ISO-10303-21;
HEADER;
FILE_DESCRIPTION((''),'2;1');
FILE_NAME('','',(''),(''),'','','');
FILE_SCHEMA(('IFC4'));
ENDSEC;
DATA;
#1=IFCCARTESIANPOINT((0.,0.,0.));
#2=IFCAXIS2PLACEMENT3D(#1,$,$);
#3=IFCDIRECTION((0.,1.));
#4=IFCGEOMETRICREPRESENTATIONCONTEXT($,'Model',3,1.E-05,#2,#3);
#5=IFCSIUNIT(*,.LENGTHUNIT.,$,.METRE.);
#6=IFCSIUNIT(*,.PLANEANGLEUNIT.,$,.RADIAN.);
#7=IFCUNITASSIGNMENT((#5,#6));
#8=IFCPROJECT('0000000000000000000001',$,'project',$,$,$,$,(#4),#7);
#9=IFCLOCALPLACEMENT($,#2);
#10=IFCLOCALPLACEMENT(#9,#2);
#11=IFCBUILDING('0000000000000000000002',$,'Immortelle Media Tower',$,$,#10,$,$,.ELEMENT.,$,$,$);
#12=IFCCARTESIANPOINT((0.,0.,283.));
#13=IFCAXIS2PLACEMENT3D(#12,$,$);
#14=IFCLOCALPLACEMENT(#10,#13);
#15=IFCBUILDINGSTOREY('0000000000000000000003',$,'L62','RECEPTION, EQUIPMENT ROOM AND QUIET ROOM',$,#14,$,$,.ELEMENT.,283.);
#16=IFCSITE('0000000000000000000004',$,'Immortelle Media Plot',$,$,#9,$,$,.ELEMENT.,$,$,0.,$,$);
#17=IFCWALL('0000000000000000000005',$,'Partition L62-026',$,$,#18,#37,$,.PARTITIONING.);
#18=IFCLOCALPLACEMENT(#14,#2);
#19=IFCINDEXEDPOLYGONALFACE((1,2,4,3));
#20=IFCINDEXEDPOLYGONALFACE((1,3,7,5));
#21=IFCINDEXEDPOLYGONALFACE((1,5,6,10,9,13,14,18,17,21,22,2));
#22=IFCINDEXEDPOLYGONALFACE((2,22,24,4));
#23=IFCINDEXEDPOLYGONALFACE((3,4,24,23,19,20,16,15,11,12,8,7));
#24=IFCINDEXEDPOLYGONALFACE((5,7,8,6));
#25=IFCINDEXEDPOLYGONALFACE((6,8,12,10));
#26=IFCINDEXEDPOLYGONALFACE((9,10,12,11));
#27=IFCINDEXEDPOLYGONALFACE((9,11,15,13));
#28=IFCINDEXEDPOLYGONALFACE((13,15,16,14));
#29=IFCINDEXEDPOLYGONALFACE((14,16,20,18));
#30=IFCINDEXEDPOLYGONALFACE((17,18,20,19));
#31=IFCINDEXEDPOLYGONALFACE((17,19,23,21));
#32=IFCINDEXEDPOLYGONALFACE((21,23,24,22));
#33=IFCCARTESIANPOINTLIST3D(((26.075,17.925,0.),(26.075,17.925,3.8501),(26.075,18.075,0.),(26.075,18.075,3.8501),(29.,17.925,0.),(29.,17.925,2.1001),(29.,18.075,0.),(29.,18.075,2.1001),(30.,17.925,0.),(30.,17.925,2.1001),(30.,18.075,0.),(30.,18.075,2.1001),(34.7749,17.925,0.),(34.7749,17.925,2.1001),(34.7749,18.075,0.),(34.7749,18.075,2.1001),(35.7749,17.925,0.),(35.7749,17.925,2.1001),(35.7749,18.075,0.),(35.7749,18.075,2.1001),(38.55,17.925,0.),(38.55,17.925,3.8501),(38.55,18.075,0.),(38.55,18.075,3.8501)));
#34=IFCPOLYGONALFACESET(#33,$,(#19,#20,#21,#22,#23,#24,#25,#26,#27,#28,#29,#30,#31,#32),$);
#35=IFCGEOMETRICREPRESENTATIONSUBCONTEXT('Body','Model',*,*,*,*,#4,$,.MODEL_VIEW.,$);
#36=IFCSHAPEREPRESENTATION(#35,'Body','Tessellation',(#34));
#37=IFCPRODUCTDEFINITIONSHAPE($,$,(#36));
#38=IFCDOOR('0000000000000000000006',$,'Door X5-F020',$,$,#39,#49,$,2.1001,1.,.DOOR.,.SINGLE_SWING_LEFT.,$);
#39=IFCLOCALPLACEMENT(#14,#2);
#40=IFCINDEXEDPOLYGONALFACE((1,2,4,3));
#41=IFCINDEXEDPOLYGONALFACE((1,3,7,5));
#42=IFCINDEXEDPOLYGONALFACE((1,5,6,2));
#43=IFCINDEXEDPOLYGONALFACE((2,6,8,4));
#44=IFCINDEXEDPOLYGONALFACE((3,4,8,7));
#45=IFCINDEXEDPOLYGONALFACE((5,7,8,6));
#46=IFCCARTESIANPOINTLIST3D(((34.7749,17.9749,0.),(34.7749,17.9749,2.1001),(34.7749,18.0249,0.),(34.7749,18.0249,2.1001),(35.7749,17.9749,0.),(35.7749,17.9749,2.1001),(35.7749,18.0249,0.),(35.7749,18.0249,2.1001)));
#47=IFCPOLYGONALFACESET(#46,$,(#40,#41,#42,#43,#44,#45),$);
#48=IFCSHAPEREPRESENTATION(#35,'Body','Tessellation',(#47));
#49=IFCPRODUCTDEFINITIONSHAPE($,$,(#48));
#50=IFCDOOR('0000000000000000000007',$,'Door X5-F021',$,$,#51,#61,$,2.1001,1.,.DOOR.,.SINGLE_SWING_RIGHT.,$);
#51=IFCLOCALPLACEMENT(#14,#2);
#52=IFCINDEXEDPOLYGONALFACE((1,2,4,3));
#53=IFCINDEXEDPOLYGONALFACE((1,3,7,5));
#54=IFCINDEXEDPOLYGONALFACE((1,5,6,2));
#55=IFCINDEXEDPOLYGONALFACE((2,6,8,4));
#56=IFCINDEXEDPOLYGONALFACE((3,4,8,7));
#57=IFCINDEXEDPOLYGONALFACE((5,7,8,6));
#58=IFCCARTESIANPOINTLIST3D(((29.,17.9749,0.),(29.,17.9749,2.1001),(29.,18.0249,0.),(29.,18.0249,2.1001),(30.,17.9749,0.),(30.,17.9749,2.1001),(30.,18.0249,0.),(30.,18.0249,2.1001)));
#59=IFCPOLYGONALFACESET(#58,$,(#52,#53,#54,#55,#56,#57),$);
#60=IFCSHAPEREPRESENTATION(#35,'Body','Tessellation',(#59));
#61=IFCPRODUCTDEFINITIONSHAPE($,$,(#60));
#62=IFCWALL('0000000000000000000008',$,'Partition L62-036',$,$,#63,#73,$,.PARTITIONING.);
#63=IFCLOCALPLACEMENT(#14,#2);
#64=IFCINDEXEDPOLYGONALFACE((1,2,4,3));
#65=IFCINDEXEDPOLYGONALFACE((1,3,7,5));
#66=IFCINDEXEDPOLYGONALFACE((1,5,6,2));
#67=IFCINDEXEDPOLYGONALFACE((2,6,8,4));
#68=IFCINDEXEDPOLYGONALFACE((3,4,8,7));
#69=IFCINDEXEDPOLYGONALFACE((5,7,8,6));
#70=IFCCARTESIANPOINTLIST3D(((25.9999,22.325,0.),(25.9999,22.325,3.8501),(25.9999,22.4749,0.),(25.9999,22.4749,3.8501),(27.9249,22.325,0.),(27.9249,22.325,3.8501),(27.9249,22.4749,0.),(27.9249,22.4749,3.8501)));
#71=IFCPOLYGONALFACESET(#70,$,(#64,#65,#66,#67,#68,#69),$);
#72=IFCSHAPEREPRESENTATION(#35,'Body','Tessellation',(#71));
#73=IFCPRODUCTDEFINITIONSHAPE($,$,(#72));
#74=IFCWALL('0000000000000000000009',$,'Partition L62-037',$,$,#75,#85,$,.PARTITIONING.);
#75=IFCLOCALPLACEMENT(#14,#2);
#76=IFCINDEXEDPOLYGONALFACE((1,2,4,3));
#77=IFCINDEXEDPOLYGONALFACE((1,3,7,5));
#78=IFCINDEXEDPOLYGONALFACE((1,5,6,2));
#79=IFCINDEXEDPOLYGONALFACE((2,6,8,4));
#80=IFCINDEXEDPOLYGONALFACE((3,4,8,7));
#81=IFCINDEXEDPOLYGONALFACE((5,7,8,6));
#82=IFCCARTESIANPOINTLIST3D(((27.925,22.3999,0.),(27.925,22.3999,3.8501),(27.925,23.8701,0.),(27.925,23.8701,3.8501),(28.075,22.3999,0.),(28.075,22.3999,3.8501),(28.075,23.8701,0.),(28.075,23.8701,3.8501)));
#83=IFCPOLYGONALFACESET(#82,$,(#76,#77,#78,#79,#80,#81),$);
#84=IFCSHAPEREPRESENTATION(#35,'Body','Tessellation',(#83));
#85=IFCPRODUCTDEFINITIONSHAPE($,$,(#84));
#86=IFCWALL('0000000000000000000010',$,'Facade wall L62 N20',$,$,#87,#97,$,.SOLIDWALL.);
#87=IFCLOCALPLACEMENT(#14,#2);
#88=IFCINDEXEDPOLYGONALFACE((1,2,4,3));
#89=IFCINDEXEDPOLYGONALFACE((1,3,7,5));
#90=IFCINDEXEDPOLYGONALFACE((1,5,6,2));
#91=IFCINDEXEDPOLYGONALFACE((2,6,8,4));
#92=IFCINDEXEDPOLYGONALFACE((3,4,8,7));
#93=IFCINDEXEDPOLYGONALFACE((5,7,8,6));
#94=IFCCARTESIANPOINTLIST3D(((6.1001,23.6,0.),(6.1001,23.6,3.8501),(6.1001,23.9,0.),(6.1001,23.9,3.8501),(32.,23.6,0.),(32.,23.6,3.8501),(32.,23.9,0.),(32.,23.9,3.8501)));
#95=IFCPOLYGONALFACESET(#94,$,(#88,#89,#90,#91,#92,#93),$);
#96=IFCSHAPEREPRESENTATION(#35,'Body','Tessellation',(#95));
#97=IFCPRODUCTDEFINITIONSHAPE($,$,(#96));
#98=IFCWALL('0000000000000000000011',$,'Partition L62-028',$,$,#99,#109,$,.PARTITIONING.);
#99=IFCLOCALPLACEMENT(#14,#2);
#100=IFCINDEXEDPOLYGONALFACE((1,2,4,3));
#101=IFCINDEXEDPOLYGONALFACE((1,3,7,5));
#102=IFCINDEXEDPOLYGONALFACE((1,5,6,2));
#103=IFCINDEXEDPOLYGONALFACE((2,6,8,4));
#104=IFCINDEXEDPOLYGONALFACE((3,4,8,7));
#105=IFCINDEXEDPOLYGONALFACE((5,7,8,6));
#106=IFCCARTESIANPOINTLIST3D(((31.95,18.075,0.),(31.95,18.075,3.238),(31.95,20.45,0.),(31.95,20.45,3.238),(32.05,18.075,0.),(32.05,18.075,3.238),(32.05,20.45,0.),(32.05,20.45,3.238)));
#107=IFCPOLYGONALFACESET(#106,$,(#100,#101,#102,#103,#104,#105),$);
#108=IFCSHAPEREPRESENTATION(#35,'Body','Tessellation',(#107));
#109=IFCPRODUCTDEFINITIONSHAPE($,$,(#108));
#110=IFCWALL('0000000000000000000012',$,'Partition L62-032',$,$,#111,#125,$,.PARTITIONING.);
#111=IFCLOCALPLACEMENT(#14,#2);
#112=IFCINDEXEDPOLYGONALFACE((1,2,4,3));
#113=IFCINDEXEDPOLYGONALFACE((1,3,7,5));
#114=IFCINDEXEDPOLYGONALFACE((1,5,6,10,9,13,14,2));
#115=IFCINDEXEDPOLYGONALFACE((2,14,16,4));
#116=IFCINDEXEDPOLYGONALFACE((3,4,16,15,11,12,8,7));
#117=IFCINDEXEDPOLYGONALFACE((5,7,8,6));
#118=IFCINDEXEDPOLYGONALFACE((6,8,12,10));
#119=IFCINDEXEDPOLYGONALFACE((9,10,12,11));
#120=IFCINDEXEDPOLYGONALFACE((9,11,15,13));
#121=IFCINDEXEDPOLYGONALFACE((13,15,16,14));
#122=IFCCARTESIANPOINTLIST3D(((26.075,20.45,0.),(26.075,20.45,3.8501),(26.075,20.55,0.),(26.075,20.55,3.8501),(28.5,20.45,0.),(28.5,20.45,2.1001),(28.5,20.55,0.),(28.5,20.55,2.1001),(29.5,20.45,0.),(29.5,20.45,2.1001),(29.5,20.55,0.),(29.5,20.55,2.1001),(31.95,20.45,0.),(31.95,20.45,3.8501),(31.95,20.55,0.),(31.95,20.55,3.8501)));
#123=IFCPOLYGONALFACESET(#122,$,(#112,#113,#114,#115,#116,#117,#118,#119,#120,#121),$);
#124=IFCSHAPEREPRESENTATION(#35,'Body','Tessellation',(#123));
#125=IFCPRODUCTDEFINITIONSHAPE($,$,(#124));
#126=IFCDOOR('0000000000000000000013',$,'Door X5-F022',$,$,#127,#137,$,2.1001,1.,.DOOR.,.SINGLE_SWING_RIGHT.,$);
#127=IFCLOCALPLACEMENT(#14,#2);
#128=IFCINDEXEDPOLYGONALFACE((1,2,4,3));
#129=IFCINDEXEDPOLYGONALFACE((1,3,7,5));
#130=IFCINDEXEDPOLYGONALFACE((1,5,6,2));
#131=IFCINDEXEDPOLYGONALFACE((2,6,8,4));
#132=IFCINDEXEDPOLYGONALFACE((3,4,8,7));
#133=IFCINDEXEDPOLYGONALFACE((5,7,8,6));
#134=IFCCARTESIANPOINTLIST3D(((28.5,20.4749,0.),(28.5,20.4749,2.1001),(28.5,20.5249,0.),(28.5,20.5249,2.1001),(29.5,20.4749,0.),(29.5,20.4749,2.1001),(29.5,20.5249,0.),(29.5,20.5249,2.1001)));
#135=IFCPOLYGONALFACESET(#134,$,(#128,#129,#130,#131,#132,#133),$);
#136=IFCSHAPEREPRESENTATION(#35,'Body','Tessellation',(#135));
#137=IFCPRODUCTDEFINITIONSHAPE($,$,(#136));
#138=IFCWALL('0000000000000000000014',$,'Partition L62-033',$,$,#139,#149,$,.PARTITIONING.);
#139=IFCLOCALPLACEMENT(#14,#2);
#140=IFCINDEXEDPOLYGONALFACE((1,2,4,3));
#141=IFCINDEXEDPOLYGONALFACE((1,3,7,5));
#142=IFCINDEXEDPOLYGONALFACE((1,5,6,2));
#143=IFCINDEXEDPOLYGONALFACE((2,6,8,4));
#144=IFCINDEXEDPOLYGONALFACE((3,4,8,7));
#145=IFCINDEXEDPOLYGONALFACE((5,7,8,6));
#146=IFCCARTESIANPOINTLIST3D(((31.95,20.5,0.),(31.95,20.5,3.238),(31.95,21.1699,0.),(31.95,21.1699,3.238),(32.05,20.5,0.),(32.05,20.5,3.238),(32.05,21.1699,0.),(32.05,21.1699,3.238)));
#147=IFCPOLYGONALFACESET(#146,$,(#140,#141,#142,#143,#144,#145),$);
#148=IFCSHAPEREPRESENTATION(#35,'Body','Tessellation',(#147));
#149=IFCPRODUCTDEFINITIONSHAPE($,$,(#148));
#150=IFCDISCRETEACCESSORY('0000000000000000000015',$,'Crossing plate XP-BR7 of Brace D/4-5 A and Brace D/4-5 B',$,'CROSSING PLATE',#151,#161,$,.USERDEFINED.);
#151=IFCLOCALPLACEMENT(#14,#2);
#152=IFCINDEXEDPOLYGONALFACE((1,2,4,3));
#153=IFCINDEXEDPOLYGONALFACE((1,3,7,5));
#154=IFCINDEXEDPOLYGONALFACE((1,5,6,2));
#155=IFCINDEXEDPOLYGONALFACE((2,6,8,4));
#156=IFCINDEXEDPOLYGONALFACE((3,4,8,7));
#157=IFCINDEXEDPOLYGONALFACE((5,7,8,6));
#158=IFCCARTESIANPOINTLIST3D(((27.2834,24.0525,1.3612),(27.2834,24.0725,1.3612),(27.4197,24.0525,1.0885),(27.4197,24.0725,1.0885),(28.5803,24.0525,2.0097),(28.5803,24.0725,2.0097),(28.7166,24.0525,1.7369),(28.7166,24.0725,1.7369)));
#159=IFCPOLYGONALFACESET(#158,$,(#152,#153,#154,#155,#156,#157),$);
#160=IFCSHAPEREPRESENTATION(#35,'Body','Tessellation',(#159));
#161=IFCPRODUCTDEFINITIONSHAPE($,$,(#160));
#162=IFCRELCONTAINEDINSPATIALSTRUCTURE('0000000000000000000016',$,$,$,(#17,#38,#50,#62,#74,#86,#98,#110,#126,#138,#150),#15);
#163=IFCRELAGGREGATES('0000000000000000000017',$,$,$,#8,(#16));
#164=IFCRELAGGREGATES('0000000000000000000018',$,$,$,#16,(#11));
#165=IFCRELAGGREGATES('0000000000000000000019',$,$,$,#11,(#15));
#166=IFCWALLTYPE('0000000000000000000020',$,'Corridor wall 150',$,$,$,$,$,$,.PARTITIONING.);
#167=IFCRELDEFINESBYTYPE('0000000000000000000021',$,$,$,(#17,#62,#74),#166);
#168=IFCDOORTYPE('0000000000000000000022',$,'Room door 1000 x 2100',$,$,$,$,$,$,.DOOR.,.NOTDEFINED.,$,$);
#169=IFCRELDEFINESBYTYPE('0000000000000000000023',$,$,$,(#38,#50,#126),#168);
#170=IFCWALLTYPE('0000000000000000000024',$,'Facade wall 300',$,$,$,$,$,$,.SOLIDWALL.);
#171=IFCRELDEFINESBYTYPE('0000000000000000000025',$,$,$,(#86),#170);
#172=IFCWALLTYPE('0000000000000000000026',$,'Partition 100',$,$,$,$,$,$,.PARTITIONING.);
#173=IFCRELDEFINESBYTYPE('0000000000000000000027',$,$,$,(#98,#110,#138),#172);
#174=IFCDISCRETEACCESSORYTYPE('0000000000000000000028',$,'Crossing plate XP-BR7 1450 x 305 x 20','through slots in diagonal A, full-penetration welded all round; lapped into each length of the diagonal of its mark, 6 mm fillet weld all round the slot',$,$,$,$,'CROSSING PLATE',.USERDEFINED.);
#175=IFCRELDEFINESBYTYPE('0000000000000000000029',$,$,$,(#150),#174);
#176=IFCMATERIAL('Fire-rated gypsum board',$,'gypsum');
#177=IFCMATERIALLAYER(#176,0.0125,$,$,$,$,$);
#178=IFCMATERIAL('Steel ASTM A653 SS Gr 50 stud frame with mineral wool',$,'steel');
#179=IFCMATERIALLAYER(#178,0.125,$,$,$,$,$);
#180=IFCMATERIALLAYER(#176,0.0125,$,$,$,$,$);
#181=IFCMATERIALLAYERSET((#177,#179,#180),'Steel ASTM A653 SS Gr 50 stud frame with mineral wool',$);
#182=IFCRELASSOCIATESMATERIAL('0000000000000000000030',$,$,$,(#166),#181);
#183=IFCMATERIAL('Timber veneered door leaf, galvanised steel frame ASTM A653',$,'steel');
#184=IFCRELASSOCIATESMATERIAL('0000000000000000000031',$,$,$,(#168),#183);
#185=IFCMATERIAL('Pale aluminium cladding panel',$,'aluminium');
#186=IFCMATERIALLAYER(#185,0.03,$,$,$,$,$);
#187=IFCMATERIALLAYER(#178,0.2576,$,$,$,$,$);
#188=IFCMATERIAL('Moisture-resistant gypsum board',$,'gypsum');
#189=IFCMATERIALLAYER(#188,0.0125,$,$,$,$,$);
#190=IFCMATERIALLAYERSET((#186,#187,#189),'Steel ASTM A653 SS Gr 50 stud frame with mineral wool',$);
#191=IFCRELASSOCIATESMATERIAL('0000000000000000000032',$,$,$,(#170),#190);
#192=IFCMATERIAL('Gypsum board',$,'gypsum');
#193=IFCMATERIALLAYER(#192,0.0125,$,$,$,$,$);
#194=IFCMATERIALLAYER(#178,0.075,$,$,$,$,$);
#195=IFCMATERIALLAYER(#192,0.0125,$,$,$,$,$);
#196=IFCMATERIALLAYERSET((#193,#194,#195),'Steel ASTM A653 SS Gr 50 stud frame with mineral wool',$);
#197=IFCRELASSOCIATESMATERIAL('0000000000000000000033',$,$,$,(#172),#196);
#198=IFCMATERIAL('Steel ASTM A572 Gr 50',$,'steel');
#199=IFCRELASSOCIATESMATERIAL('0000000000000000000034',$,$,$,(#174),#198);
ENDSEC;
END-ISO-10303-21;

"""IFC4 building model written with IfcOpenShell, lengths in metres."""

from ifc_helpers import new_model, si_unit, direction, frame, frame_2d, origin, origin_2d, place, context, subcontext, project, spatial, rectangle, extrude, material, layer, layer_set, material_profile, profile_set, type_object, element, fill, save


model = new_model("IFC4")

# Units and contexts
model_context = context("Model", 3, precision=1e-05, world=origin(), true_north=direction((0.0, 1.0)))
body_context = subcontext(model_context, "Body", "Model", "MODEL_VIEW")
ifc_project = project(units=[si_unit("LENGTHUNIT", "METRE"), si_unit("PLANEANGLEUNIT", "RADIAN")], contexts=[model_context])

# Site, building, storey
site_placement = place(None, origin())
site = spatial("IfcSite", under=ifc_project, at=site_placement, Name="Immortelle Media Plot", CompositionType="ELEMENT", RefElevation=0.0)
building_placement = place(site_placement, origin())
building = spatial("IfcBuilding", under=site, at=building_placement, Name="Immortelle Media Tower", CompositionType="ELEMENT")
storey_placement = place(building_placement, frame((0.0, 0.0, 283.0)))
storey = spatial("IfcBuildingStorey", under=building, at=storey_placement, Name="L62", Description="RECEPTION, EQUIPMENT ROOM AND QUIET ROOM", CompositionType="ELEMENT", Elevation=283.0)

# Shared definitions
ifc_material_1 = material(Name="Fire-rated gypsum board", Category="gypsum")
ifc_material_2 = material(Name="Steel ASTM A653 SS Gr 50 stud frame with mineral wool", Category="steel")

# Wall, openings, doors
ifc_layer_1 = layer(ifc_material_1, 0.0125)
ifc_layer_2 = layer(ifc_material_2, 0.125)
ifc_layer_3 = layer(ifc_material_1, 0.0125)
ifc_layer_set_1 = layer_set([ifc_layer_1, ifc_layer_2, ifc_layer_3], Name="Steel ASTM A653 SS Gr 50 stud frame with mineral wool")
wall_type_1 = type_object("IfcWallType", Name="Corridor wall 150", PredefinedType="PARTITIONING", material=ifc_layer_set_1)
wall_1_placement = place(storey_placement, frame((26.075, 18.0, 0.0), z_axis=(0.0, 0.0, 1.0), x_axis=(1.0, 0.0, 0.0)))
wall_1 = element("IfcWall", 1, at=wall_1_placement, inside=storey, type_object=wall_type_1, Name="Partition L62-026", PredefinedType="PARTITIONING", context=body_context, shape_type="SweptSolid", body=[
    extrude(rectangle(XDim=12.4751, YDim=0.1499, at=frame_2d((6.2375, 0.0))), origin(), (0.0, 0.0, 1.0), 3.8501),
])
opening_1_placement = place(wall_1_placement, frame((8.7, 0.0, 0.0)))
opening_1 = element("IfcOpeningElement", 2, at=opening_1_placement, cuts=wall_1, PredefinedType="OPENING", context=body_context, shape_type="SweptSolid", body=[
    extrude(rectangle(XDim=1.0, YDim=2.1001, at=frame_2d((0.5, 1.05))), frame((0.0, 0.085, 0.0), z_axis=(0.0, -1.0, 0.0), x_axis=(1.0, 0.0, 0.0)), (0.0, 0.0, 1.0), 0.1699),
])
opening_2_placement = place(wall_1_placement, frame((2.925, 0.0, 0.0)))
opening_2 = element("IfcOpeningElement", 3, at=opening_2_placement, cuts=wall_1, PredefinedType="OPENING", context=body_context, shape_type="SweptSolid", body=[
    extrude(rectangle(XDim=1.0, YDim=2.1001, at=frame_2d((0.5, 1.05))), frame((0.0, 0.085, 0.0), z_axis=(0.0, -1.0, 0.0), x_axis=(1.0, 0.0, 0.0)), (0.0, 0.0, 1.0), 0.1699),
])
ifc_material_3 = material(Name="Timber veneered door leaf, galvanised steel frame ASTM A653", Category="steel")
door_type = type_object("IfcDoorType", Name="Room door 1000 x 2100", OperationType="NOTDEFINED", PredefinedType="DOOR", material=ifc_material_3)
door_1_placement = place(opening_1_placement, origin())
door_1 = element("IfcDoor", 4, at=door_1_placement, inside=storey, type_object=door_type, Name="Door X5-F020", OperationType="SINGLE_SWING_LEFT", OverallHeight=2.1001, OverallWidth=1.0, PredefinedType="DOOR", context=body_context, shape_type="SweptSolid", body=[
    extrude(rectangle(XDim=1.0, YDim=2.1001, at=frame_2d((0.5, 1.05))), frame((0.0, 0.0249, 0.0), z_axis=(0.0, -1.0, 0.0), x_axis=(1.0, 0.0, 0.0)), (0.0, 0.0, 1.0), 0.05),
])
fill(opening_1, door_1)
door_2_placement = place(opening_2_placement, origin())
door_2 = element("IfcDoor", 5, at=door_2_placement, inside=storey, type_object=door_type, Name="Door X5-F021", OperationType="SINGLE_SWING_RIGHT", OverallHeight=2.1001, OverallWidth=1.0, PredefinedType="DOOR", context=body_context, shape_type="SweptSolid", body=[
    extrude(rectangle(XDim=1.0, YDim=2.1001, at=frame_2d((0.5, 1.05))), frame((0.0, 0.0249, 0.0), z_axis=(0.0, -1.0, 0.0), x_axis=(1.0, 0.0, 0.0)), (0.0, 0.0, 1.0), 0.05),
])
fill(opening_2, door_2)

# Walls
wall_2_placement = place(storey_placement, frame((26.0, 22.3999, 0.0), z_axis=(0.0, 0.0, 1.0), x_axis=(1.0, 0.0, 0.0)))
element("IfcWall", 6, at=wall_2_placement, inside=storey, type_object=wall_type_1, Name="Partition L62-036", PredefinedType="PARTITIONING", context=body_context, shape_type="SweptSolid", body=[
    extrude(rectangle(XDim=1.925, YDim=0.1499, at=frame_2d((0.9624, 0.0))), origin(), (0.0, 0.0, 1.0), 3.8501),
])
wall_3_placement = place(storey_placement, frame((28.0, 22.3999, 0.0), z_axis=(0.0, 0.0, 1.0), x_axis=(0.0, 1.0, 0.0)))
element("IfcWall", 7, at=wall_3_placement, inside=storey, type_object=wall_type_1, Name="Partition L62-037", PredefinedType="PARTITIONING", context=body_context, shape_type="SweptSolid", body=[
    extrude(rectangle(XDim=1.4702, YDim=0.1499, at=frame_2d((0.7351, 0.0))), origin(), (0.0, 0.0, 1.0), 3.8501),
])
ifc_material_4 = material(Name="Pale aluminium cladding panel", Category="aluminium")
ifc_layer_4 = layer(ifc_material_4, 0.03)
ifc_layer_5 = layer(ifc_material_2, 0.2576)
ifc_material_5 = material(Name="Moisture-resistant gypsum board", Category="gypsum")
ifc_layer_6 = layer(ifc_material_5, 0.0125)
ifc_layer_set_2 = layer_set([ifc_layer_4, ifc_layer_5, ifc_layer_6], Name="Steel ASTM A653 SS Gr 50 stud frame with mineral wool")
wall_type_2 = type_object("IfcWallType", Name="Facade wall 300", PredefinedType="SOLIDWALL", material=ifc_layer_set_2)
wall_4_placement = place(storey_placement, frame((32.0, 23.75, 0.0), z_axis=(0.0, 0.0, 1.0), x_axis=(-1.0, 0.0, 0.0)))
element("IfcWall", 8, at=wall_4_placement, inside=storey, type_object=wall_type_2, Name="Facade wall L62 N20", PredefinedType="SOLIDWALL", context=body_context, shape_type="SweptSolid", body=[
    extrude(rectangle(XDim=25.8999, YDim=0.3, at=frame_2d((12.95, 0.0))), origin(), (0.0, 0.0, 1.0), 3.8501),
])
ifc_material_6 = material(Name="Gypsum board", Category="gypsum")
ifc_layer_7 = layer(ifc_material_6, 0.0125)
ifc_layer_8 = layer(ifc_material_2, 0.075)
ifc_layer_9 = layer(ifc_material_6, 0.0125)
ifc_layer_set_3 = layer_set([ifc_layer_7, ifc_layer_8, ifc_layer_9], Name="Steel ASTM A653 SS Gr 50 stud frame with mineral wool")
wall_type_3 = type_object("IfcWallType", Name="Partition 100", PredefinedType="PARTITIONING", material=ifc_layer_set_3)
wall_5_placement = place(storey_placement, frame((32.0, 18.075, 0.0), z_axis=(0.0, 0.0, 1.0), x_axis=(0.0, 1.0, 0.0)))
element("IfcWall", 9, at=wall_5_placement, inside=storey, type_object=wall_type_3, Name="Partition L62-028", PredefinedType="PARTITIONING", context=body_context, shape_type="SweptSolid", body=[
    extrude(rectangle(XDim=2.375, YDim=0.1001, at=frame_2d((1.1875, 0.0))), origin(), (0.0, 0.0, 1.0), 3.238),
])

# Wall, opening, door
wall_6_placement = place(storey_placement, frame((26.075, 20.5, 0.0), z_axis=(0.0, 0.0, 1.0), x_axis=(1.0, 0.0, 0.0)))
wall_6 = element("IfcWall", 10, at=wall_6_placement, inside=storey, type_object=wall_type_3, Name="Partition L62-032", PredefinedType="PARTITIONING", context=body_context, shape_type="SweptSolid", body=[
    extrude(rectangle(XDim=5.875, YDim=0.1001, at=frame_2d((2.9375, 0.0))), origin(), (0.0, 0.0, 1.0), 3.8501),
])
opening_3_placement = place(wall_6_placement, frame((2.425, 0.0, 0.0)))
opening_3 = element("IfcOpeningElement", 11, at=opening_3_placement, cuts=wall_6, PredefinedType="OPENING", context=body_context, shape_type="SweptSolid", body=[
    extrude(rectangle(XDim=1.0, YDim=2.1001, at=frame_2d((0.5, 1.05))), frame((0.0, 0.0601, 0.0), z_axis=(0.0, -1.0, 0.0), x_axis=(1.0, 0.0, 0.0)), (0.0, 0.0, 1.0), 0.1201),
])
door_3_placement = place(opening_3_placement, origin())
door_3 = element("IfcDoor", 12, at=door_3_placement, inside=storey, type_object=door_type, Name="Door X5-F022", OperationType="SINGLE_SWING_RIGHT", OverallHeight=2.1001, OverallWidth=1.0, PredefinedType="DOOR", context=body_context, shape_type="SweptSolid", body=[
    extrude(rectangle(XDim=1.0, YDim=2.1001, at=frame_2d((0.5, 1.05))), frame((0.0, 0.0249, 0.0), z_axis=(0.0, -1.0, 0.0), x_axis=(1.0, 0.0, 0.0)), (0.0, 0.0, 1.0), 0.05),
])
fill(opening_3, door_3)

# Wall
wall_7_placement = place(storey_placement, frame((32.0, 20.5, 0.0), z_axis=(0.0, 0.0, 1.0), x_axis=(0.0, 1.0, 0.0)))
element("IfcWall", 13, at=wall_7_placement, inside=storey, type_object=wall_type_3, Name="Partition L62-033", PredefinedType="PARTITIONING", context=body_context, shape_type="SweptSolid", body=[
    extrude(rectangle(XDim=0.6699, YDim=0.1001, at=frame_2d((0.335, 0.0))), origin(), (0.0, 0.0, 1.0), 3.238),
])

# Discrete accessory
ifc_material_7 = material(Name="Steel ASTM A572 Gr 50", Category="steel")
ifc_material_profile_1 = material_profile(ifc_material_7, rectangle(XDim=0.02, YDim=0.3049, at=origin_2d()), Name="PL 20 x 305")
ifc_profile_set_1 = profile_set([ifc_material_profile_1], Name="Steel ASTM A572 Gr 50")
discrete_accessory_type_1 = type_object("IfcDiscreteAccessoryType", Name="Crossing plate XP-BR7 1450 x 305 x 20", Description="through slots in diagonal A, full-penetration welded all round; lapped into each length of the diagonal of its mark, 6 mm fillet weld all round the slot", ElementType="CROSSING PLATE", PredefinedType="USERDEFINED", material=ifc_profile_set_1)
discrete_accessory_placement = place(storey_placement, frame((28.6484, 24.0625, 1.8733), z_axis=(-0.894427, 0.0, -0.447214), x_axis=(0.0, -1.0, 0.0)))
element("IfcDiscreteAccessory", 14, at=discrete_accessory_placement, inside=storey, type_object=discrete_accessory_type_1, Name="Crossing plate XP-BR7 of Brace D/4-5 A and Brace D/4-5 B", ObjectType="CROSSING PLATE", PredefinedType="USERDEFINED", context=body_context, shape_type="SweptSolid", body=[
    extrude(rectangle(XDim=0.02, YDim=0.3049, at=origin_2d()), origin(), (0.0, 0.0, 1.0), 1.45),
])

save(model, "model.ifc")
